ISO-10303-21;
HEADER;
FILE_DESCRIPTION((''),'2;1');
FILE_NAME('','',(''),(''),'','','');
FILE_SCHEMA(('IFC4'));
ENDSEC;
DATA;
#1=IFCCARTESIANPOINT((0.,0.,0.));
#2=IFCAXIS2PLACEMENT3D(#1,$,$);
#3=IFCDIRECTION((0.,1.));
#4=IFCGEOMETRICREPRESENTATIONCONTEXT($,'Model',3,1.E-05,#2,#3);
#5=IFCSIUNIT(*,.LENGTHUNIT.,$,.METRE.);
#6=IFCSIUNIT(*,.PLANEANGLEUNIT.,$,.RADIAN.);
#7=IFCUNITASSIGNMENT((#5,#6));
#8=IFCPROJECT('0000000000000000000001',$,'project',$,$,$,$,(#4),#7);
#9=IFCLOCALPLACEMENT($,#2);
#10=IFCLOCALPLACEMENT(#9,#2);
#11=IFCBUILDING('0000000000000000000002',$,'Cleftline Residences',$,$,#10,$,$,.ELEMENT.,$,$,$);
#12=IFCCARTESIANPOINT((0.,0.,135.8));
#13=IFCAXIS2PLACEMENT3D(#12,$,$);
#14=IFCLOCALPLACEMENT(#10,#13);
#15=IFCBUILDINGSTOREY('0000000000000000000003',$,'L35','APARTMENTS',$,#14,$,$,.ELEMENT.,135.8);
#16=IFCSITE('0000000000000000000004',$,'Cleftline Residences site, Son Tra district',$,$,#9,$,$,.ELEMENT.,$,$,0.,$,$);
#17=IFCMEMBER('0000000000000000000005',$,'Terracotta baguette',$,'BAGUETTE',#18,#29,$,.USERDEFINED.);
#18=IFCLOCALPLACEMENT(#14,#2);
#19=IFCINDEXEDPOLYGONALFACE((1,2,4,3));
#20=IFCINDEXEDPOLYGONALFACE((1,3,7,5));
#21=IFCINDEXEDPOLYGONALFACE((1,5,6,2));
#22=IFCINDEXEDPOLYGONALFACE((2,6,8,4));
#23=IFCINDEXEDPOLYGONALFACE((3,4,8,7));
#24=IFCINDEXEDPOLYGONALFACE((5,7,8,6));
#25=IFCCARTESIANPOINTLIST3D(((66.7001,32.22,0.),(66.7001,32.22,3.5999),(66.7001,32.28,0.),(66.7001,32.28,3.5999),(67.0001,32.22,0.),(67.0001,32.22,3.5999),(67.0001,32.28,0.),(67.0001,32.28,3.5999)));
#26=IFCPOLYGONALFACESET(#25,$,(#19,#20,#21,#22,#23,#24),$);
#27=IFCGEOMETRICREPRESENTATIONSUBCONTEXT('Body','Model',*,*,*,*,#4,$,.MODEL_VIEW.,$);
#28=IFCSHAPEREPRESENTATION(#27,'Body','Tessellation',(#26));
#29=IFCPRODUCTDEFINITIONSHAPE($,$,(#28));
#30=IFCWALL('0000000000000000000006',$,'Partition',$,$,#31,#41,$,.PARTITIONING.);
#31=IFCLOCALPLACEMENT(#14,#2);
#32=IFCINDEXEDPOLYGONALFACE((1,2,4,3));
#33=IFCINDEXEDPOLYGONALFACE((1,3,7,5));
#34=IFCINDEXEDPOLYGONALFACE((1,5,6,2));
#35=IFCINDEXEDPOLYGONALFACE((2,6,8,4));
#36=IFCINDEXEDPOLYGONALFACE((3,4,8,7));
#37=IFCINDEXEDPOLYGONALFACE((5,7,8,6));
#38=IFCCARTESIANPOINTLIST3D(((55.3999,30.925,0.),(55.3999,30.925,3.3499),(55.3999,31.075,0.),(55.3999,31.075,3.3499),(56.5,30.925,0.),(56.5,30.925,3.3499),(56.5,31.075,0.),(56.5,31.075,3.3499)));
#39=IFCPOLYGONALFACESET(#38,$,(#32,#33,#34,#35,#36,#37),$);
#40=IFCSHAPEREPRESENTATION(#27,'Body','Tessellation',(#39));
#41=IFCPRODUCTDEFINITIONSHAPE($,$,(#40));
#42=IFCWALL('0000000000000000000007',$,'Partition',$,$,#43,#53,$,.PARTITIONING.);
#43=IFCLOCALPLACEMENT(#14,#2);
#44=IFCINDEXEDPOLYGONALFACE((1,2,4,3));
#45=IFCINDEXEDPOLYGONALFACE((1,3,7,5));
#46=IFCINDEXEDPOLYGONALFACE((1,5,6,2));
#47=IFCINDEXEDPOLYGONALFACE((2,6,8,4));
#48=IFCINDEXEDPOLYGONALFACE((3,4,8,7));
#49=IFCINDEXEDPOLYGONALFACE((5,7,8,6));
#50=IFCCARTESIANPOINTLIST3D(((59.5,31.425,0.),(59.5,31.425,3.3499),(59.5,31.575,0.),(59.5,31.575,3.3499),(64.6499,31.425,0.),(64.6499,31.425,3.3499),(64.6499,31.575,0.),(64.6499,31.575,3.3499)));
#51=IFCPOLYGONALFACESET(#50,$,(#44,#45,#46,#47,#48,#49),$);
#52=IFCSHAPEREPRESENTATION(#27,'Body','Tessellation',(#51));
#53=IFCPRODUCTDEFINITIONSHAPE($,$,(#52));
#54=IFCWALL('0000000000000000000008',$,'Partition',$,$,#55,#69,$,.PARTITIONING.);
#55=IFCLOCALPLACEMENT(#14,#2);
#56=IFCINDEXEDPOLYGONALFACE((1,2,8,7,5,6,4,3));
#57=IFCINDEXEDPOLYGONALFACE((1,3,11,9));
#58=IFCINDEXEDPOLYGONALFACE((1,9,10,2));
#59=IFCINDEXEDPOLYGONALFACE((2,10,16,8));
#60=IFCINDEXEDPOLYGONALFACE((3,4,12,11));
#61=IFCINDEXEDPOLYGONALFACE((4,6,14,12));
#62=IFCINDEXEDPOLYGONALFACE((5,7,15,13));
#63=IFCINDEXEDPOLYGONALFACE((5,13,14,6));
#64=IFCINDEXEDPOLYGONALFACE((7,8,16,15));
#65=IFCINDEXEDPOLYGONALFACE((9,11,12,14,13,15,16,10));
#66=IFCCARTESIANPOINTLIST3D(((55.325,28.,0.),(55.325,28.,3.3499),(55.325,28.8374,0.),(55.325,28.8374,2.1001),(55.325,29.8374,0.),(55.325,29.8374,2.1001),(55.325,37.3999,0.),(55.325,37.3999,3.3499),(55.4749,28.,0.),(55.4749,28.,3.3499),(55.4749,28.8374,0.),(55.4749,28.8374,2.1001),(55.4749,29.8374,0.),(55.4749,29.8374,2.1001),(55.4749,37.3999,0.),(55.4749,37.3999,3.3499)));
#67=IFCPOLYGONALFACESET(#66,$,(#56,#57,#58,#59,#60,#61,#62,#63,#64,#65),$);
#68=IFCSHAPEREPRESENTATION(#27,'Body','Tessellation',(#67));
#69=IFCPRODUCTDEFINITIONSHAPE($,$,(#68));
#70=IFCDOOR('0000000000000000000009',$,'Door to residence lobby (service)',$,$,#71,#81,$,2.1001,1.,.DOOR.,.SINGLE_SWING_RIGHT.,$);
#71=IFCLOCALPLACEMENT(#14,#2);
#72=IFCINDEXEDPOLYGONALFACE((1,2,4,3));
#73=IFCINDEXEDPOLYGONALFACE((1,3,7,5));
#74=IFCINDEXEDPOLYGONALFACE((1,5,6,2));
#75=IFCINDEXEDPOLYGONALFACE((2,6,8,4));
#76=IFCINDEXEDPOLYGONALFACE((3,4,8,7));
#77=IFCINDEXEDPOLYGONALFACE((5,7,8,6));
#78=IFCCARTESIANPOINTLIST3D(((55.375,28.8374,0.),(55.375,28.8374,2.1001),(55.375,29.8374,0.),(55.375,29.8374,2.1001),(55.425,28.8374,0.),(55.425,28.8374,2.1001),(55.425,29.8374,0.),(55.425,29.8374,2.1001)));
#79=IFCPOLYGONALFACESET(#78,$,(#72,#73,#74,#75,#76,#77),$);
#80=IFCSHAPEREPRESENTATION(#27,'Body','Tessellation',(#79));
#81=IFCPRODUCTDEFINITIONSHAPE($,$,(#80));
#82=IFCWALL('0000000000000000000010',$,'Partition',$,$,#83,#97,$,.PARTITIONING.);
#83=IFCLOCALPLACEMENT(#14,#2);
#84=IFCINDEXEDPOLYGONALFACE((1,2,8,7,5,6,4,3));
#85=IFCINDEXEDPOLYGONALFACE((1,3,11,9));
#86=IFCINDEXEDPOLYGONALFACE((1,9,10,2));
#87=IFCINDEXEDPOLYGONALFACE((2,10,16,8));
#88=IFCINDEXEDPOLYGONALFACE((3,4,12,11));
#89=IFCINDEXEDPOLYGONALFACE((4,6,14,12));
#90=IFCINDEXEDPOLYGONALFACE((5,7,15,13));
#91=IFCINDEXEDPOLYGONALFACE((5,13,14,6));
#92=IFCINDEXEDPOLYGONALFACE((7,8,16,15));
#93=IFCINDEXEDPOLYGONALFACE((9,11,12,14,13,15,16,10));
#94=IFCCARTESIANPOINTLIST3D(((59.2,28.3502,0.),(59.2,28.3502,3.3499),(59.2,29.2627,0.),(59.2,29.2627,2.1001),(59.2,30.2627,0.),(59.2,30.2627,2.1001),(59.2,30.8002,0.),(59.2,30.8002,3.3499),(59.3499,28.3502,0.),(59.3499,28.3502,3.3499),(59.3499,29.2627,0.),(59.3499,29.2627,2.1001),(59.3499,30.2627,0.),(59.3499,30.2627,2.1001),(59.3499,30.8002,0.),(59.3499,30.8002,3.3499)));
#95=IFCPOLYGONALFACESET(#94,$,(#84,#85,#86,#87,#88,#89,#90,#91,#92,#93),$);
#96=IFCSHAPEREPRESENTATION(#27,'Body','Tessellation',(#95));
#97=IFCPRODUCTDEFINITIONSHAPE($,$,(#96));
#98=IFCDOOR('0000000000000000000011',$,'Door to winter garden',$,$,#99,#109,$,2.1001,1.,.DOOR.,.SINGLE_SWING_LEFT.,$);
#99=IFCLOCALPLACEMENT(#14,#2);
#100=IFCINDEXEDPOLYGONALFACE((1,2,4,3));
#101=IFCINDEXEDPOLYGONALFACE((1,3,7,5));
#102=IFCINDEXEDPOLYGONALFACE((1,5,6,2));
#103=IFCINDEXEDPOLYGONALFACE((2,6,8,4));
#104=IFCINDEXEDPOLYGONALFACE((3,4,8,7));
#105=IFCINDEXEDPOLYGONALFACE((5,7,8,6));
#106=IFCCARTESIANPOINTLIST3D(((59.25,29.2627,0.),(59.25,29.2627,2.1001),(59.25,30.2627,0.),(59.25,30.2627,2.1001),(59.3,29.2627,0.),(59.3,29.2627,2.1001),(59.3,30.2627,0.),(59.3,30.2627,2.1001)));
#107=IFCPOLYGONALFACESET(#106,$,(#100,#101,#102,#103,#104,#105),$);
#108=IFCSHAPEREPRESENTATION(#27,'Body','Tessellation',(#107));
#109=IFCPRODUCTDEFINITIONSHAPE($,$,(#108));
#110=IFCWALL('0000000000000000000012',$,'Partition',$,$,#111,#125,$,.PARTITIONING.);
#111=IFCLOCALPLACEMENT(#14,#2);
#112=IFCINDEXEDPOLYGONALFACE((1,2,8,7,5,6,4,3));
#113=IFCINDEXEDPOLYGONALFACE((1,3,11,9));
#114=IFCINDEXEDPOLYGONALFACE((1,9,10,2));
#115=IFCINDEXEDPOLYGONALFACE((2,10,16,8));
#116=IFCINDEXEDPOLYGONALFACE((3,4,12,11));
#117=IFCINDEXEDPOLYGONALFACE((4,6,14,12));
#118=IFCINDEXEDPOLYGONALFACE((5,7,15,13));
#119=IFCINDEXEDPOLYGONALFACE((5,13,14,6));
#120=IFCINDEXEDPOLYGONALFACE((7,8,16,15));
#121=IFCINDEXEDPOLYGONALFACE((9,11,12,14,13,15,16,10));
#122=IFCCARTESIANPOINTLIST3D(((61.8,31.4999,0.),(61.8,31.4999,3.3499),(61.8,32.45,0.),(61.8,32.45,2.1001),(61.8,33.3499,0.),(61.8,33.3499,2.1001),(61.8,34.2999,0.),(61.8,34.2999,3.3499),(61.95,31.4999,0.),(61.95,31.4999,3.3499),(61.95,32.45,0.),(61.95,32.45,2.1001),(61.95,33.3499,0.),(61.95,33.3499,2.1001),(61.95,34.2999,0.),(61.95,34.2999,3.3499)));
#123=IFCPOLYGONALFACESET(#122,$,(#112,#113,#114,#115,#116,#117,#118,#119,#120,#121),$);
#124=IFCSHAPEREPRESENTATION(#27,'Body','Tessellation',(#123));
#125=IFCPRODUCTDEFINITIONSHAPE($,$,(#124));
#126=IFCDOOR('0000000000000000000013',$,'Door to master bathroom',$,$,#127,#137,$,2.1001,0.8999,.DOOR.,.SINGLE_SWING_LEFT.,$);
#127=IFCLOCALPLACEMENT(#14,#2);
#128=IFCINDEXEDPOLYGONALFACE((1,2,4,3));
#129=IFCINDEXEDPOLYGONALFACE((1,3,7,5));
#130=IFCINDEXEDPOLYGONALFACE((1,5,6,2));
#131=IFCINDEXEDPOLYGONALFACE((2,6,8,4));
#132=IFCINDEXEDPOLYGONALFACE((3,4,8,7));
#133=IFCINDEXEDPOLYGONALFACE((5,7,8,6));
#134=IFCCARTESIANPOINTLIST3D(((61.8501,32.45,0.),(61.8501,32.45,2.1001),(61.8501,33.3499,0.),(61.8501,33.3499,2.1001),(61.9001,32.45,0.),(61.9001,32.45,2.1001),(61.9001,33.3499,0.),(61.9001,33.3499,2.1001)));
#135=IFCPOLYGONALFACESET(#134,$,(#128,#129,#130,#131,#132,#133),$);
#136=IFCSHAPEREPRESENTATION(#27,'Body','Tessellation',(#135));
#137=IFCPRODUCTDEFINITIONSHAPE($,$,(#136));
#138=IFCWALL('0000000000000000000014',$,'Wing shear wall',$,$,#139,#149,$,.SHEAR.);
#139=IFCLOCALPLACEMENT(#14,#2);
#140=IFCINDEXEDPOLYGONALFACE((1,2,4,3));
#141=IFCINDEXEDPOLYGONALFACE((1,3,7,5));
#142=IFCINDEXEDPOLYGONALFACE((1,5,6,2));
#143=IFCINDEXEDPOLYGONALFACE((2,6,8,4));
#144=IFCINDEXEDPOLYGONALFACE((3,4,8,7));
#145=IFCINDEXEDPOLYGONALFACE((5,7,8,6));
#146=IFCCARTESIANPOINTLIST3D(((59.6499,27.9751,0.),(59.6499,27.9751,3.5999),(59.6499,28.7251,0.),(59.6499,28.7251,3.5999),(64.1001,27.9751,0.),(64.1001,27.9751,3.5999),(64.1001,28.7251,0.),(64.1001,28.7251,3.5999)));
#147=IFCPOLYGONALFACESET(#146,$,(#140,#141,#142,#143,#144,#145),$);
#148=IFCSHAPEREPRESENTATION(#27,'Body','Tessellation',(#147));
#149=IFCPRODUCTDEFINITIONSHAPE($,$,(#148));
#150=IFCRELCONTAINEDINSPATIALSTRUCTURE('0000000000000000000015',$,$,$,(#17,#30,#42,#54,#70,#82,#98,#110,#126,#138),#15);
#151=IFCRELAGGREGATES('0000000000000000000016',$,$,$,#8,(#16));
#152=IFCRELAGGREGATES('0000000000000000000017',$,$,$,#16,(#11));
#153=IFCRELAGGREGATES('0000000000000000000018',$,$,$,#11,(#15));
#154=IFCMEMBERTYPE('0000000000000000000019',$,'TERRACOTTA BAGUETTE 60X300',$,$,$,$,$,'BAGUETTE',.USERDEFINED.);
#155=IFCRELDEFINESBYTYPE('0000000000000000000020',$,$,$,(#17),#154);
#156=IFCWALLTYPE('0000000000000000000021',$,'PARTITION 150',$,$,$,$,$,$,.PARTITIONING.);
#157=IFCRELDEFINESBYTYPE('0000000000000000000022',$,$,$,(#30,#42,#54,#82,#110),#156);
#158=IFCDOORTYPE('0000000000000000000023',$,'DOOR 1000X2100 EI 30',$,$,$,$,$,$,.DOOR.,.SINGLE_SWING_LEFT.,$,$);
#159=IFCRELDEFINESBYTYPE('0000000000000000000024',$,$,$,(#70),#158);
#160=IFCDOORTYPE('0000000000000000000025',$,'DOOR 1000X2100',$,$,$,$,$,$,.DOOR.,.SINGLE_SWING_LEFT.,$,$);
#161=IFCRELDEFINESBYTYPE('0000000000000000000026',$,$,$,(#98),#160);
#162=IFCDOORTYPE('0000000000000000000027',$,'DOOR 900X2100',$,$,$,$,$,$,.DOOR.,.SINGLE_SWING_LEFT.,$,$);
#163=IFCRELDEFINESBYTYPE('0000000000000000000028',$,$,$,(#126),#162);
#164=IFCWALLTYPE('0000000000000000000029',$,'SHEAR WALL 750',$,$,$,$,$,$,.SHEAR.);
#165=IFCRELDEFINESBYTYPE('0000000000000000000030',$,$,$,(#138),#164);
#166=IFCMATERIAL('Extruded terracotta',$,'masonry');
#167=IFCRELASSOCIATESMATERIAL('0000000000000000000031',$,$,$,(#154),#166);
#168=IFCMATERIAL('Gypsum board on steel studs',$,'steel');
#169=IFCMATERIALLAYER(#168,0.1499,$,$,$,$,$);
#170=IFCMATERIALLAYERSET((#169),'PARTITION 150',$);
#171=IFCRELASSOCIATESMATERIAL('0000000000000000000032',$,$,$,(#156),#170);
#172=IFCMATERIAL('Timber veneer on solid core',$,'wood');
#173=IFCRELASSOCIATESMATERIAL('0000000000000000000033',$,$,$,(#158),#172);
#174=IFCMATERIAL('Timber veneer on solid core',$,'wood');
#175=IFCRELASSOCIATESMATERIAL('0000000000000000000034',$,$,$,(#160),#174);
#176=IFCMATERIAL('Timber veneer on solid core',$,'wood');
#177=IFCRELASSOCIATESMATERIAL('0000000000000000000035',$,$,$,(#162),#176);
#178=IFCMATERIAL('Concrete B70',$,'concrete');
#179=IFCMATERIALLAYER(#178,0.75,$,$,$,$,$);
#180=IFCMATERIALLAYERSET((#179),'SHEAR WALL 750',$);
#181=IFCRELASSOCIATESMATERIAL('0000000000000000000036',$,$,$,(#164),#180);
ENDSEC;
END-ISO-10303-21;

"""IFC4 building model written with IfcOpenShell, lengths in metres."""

from ifc_helpers import new_model, si_unit, direction, frame, frame_2d, origin, origin_2d, place, context, subcontext, project, spatial, rectangle, extrude, material, layer, layer_set, material_profile, profile_set, type_object, element, fill, save


model = new_model("IFC4")

# Units and contexts
model_context = context("Model", 3, precision=1e-05, world=origin(), true_north=direction((0.0, 1.0)))
body_context = subcontext(model_context, "Body", "Model", "MODEL_VIEW")
ifc_project = project(units=[si_unit("LENGTHUNIT", "METRE"), si_unit("PLANEANGLEUNIT", "RADIAN")], contexts=[model_context])

# Site, building, storey
site_placement = place(None, origin())
site = spatial("IfcSite", under=ifc_project, at=site_placement, Name="Cleftline Residences site, Son Tra district", CompositionType="ELEMENT", RefElevation=0.0)
building_placement = place(site_placement, origin())
building = spatial("IfcBuilding", under=site, at=building_placement, Name="Cleftline Residences", CompositionType="ELEMENT")
storey_placement = place(building_placement, frame((0.0, 0.0, 135.8)))
storey = spatial("IfcBuildingStorey", under=building, at=storey_placement, Name="L35", Description="APARTMENTS", CompositionType="ELEMENT", Elevation=135.8)

# Member
ifc_material_1 = material(Name="Extruded terracotta", Category="masonry")
ifc_material_profile_1 = material_profile(ifc_material_1, rectangle(XDim=0.0601, YDim=0.3, at=origin_2d()))
ifc_profile_set_1 = profile_set([ifc_material_profile_1], Name="Extruded terracotta")
member_type_1 = type_object("IfcMemberType", Name="TERRACOTTA BAGUETTE 60X300", ElementType="BAGUETTE", PredefinedType="USERDEFINED", material=ifc_profile_set_1)
for number, where, z_axis, x_axis, name in (
    (1, (66.8501, 32.25, 0.0), (0.0, 0.0, 1.0), (0.0, 1.0, 0.0), "Terracotta baguette"),
):
    element("IfcMember", number, at=place(storey_placement, frame(where, z_axis=z_axis, x_axis=x_axis)), inside=storey, type_object=member_type_1, Name=name, ObjectType="BAGUETTE", PredefinedType="USERDEFINED", context=body_context, shape_type="SweptSolid", body=[
        extrude(rectangle(XDim=0.0601, YDim=0.3, at=origin_2d()), origin(), (0.0, 0.0, 1.0), 3.5999),
    ])

# Walls
ifc_material_2 = material(Name="Gypsum board on steel studs", Category="steel")
ifc_layer_1 = layer(ifc_material_2, 0.1499)
ifc_layer_set_1 = layer_set([ifc_layer_1], Name="PARTITION 150")
wall_type_1 = type_object("IfcWallType", Name="PARTITION 150", PredefinedType="PARTITIONING", material=ifc_layer_set_1)
wall_1_placement = place(storey_placement, frame((55.3999, 31.0, 0.0), z_axis=(0.0, 0.0, 1.0), x_axis=(1.0, 0.0, 0.0)))
element("IfcWall", 2, at=wall_1_placement, inside=storey, type_object=wall_type_1, Name="Partition", PredefinedType="PARTITIONING", context=body_context, shape_type="SweptSolid", body=[
    extrude(rectangle(XDim=1.1001, YDim=0.1499, at=frame_2d((0.55, 0.0))), origin(), (0.0, 0.0, 1.0), 3.3499),
])
wall_2_placement = place(storey_placement, frame((59.5, 31.5, 0.0), z_axis=(0.0, 0.0, 1.0), x_axis=(1.0, 0.0, 0.0)))
element("IfcWall", 3, at=wall_2_placement, inside=storey, type_object=wall_type_1, Name="Partition", PredefinedType="PARTITIONING", context=body_context, shape_type="SweptSolid", body=[
    extrude(rectangle(XDim=5.1499, YDim=0.1499, at=frame_2d((2.575, 0.0))), origin(), (0.0, 0.0, 1.0), 3.3499),
])

# Walls, openings, doors
wall_3_placement = place(storey_placement, frame((55.3999, 28.0, 0.0), z_axis=(0.0, 0.0, 1.0), x_axis=(0.0, 1.0, 0.0)))
wall_3 = element("IfcWall", 4, at=wall_3_placement, inside=storey, type_object=wall_type_1, Name="Partition", PredefinedType="PARTITIONING", context=body_context, shape_type="SweptSolid", body=[
    extrude(rectangle(XDim=9.3999, YDim=0.1499, at=frame_2d((4.7, 0.0))), origin(), (0.0, 0.0, 1.0), 3.3499),
])
opening_1_placement = place(wall_3_placement, frame((0.8374, 0.0, 0.0)))
opening_1 = element("IfcOpeningElement", 5, at=opening_1_placement, cuts=wall_3, PredefinedType="OPENING", context=body_context, shape_type="SweptSolid", body=[
    extrude(rectangle(XDim=1.0, YDim=2.1001, at=frame_2d((0.5, 1.05))), frame((0.0, 0.085, 0.0), z_axis=(0.0, -1.0, 0.0), x_axis=(1.0, 0.0, 0.0)), (0.0, 0.0, 1.0), 0.1699),
])
ifc_material_3 = material(Name="Timber veneer on solid core", Category="wood")
door_type_1 = type_object("IfcDoorType", Name="DOOR 1000X2100 EI 30", OperationType="SINGLE_SWING_LEFT", PredefinedType="DOOR", material=ifc_material_3)
door_1_placement = place(opening_1_placement, origin())
door_1 = element("IfcDoor", 6, at=door_1_placement, inside=storey, type_object=door_type_1, Name="Door to residence lobby (service)", OperationType="SINGLE_SWING_RIGHT", OverallHeight=2.1001, OverallWidth=1.0, PredefinedType="DOOR", context=body_context, shape_type="SweptSolid", body=[
    extrude(rectangle(XDim=1.0, YDim=2.1001, at=frame_2d((0.5, 1.05))), frame((0.0, 0.0249, 0.0), z_axis=(0.0, -1.0, 0.0), x_axis=(1.0, 0.0, 0.0)), (0.0, 0.0, 1.0), 0.05),
])
fill(opening_1, door_1)
wall_4_placement = place(storey_placement, frame((59.2749, 28.3501, 0.0), z_axis=(0.0, 0.0, 1.0), x_axis=(0.0, 1.0, 0.0)))
wall_4 = element("IfcWall", 7, at=wall_4_placement, inside=storey, type_object=wall_type_1, Name="Partition", PredefinedType="PARTITIONING", context=body_context, shape_type="SweptSolid", body=[
    extrude(rectangle(XDim=2.45, YDim=0.1499, at=frame_2d((1.2251, 0.0))), origin(), (0.0, 0.0, 1.0), 3.3499),
])
opening_2_placement = place(wall_4_placement, frame((0.9126, 0.0, 0.0)))
opening_2 = element("IfcOpeningElement", 8, at=opening_2_placement, cuts=wall_4, PredefinedType="OPENING", context=body_context, shape_type="SweptSolid", body=[
    extrude(rectangle(XDim=1.0, YDim=2.1001, at=frame_2d((0.5, 1.05))), frame((0.0, 0.085, 0.0), z_axis=(0.0, -1.0, 0.0), x_axis=(1.0, 0.0, 0.0)), (0.0, 0.0, 1.0), 0.1699),
])
ifc_material_4 = material(Name="Timber veneer on solid core", Category="wood")
door_type_2 = type_object("IfcDoorType", Name="DOOR 1000X2100", OperationType="SINGLE_SWING_LEFT", PredefinedType="DOOR", material=ifc_material_4)
door_2_placement = place(opening_2_placement, origin())
door_2 = element("IfcDoor", 9, at=door_2_placement, inside=storey, type_object=door_type_2, Name="Door to winter garden", OperationType="SINGLE_SWING_LEFT", OverallHeight=2.1001, OverallWidth=1.0, PredefinedType="DOOR", context=body_context, shape_type="SweptSolid", body=[
    extrude(rectangle(XDim=1.0, YDim=2.1001, at=frame_2d((0.5, 1.05))), frame((0.0, 0.0249, 0.0), z_axis=(0.0, -1.0, 0.0), x_axis=(1.0, 0.0, 0.0)), (0.0, 0.0, 1.0), 0.05),
])
fill(opening_2, door_2)
wall_5_placement = place(storey_placement, frame((61.875, 31.5, 0.0), z_axis=(0.0, 0.0, 1.0), x_axis=(0.0, 1.0, 0.0)))
wall_5 = element("IfcWall", 10, at=wall_5_placement, inside=storey, type_object=wall_type_1, Name="Partition", PredefinedType="PARTITIONING", context=body_context, shape_type="SweptSolid", body=[
    extrude(rectangle(XDim=2.8, YDim=0.1499, at=frame_2d((1.3999, 0.0))), origin(), (0.0, 0.0, 1.0), 3.3499),
])
opening_3_placement = place(wall_5_placement, frame((0.95, 0.0, 0.0)))
opening_3 = element("IfcOpeningElement", 11, at=opening_3_placement, cuts=wall_5, PredefinedType="OPENING", context=body_context, shape_type="SweptSolid", body=[
    extrude(rectangle(XDim=0.8999, YDim=2.1001, at=frame_2d((0.45, 1.05))), frame((0.0, 0.085, 0.0), z_axis=(0.0, -1.0, 0.0), x_axis=(1.0, 0.0, 0.0)), (0.0, 0.0, 1.0), 0.1699),
])
ifc_material_5 = material(Name="Timber veneer on solid core", Category="wood")
door_type_3 = type_object("IfcDoorType", Name="DOOR 900X2100", OperationType="SINGLE_SWING_LEFT", PredefinedType="DOOR", material=ifc_material_5)
door_3_placement = place(opening_3_placement, origin())
door_3 = element("IfcDoor", 12, at=door_3_placement, inside=storey, type_object=door_type_3, Name="Door to master bathroom", OperationType="SINGLE_SWING_LEFT", OverallHeight=2.1001, OverallWidth=0.8999, PredefinedType="DOOR", context=body_context, shape_type="SweptSolid", body=[
    extrude(rectangle(XDim=0.8999, YDim=2.1001, at=frame_2d((0.45, 1.05))), frame((0.0, 0.0249, 0.0), z_axis=(0.0, -1.0, 0.0), x_axis=(1.0, 0.0, 0.0)), (0.0, 0.0, 1.0), 0.05),
])
fill(opening_3, door_3)

# Wall
ifc_material_6 = material(Name="Concrete B70", Category="concrete")
ifc_layer_2 = layer(ifc_material_6, 0.75)
ifc_layer_set_2 = layer_set([ifc_layer_2], Name="SHEAR WALL 750")
wall_type_2 = type_object("IfcWallType", Name="SHEAR WALL 750", PredefinedType="SHEAR", material=ifc_layer_set_2)
wall_6_placement = place(storey_placement, frame((64.1001, 28.3501, 0.0), z_axis=(0.0, 0.0, 1.0), x_axis=(-1.0, 0.0, 0.0)))
element("IfcWall", 13, at=wall_6_placement, inside=storey, type_object=wall_type_2, Name="Wing shear wall", PredefinedType="SHEAR", context=body_context, shape_type="SweptSolid", body=[
    extrude(rectangle(XDim=4.4502, YDim=0.75, at=frame_2d((2.2251, 0.0))), origin(), (0.0, 0.0, 1.0), 3.5999),
])

save(model, "model.ifc")
